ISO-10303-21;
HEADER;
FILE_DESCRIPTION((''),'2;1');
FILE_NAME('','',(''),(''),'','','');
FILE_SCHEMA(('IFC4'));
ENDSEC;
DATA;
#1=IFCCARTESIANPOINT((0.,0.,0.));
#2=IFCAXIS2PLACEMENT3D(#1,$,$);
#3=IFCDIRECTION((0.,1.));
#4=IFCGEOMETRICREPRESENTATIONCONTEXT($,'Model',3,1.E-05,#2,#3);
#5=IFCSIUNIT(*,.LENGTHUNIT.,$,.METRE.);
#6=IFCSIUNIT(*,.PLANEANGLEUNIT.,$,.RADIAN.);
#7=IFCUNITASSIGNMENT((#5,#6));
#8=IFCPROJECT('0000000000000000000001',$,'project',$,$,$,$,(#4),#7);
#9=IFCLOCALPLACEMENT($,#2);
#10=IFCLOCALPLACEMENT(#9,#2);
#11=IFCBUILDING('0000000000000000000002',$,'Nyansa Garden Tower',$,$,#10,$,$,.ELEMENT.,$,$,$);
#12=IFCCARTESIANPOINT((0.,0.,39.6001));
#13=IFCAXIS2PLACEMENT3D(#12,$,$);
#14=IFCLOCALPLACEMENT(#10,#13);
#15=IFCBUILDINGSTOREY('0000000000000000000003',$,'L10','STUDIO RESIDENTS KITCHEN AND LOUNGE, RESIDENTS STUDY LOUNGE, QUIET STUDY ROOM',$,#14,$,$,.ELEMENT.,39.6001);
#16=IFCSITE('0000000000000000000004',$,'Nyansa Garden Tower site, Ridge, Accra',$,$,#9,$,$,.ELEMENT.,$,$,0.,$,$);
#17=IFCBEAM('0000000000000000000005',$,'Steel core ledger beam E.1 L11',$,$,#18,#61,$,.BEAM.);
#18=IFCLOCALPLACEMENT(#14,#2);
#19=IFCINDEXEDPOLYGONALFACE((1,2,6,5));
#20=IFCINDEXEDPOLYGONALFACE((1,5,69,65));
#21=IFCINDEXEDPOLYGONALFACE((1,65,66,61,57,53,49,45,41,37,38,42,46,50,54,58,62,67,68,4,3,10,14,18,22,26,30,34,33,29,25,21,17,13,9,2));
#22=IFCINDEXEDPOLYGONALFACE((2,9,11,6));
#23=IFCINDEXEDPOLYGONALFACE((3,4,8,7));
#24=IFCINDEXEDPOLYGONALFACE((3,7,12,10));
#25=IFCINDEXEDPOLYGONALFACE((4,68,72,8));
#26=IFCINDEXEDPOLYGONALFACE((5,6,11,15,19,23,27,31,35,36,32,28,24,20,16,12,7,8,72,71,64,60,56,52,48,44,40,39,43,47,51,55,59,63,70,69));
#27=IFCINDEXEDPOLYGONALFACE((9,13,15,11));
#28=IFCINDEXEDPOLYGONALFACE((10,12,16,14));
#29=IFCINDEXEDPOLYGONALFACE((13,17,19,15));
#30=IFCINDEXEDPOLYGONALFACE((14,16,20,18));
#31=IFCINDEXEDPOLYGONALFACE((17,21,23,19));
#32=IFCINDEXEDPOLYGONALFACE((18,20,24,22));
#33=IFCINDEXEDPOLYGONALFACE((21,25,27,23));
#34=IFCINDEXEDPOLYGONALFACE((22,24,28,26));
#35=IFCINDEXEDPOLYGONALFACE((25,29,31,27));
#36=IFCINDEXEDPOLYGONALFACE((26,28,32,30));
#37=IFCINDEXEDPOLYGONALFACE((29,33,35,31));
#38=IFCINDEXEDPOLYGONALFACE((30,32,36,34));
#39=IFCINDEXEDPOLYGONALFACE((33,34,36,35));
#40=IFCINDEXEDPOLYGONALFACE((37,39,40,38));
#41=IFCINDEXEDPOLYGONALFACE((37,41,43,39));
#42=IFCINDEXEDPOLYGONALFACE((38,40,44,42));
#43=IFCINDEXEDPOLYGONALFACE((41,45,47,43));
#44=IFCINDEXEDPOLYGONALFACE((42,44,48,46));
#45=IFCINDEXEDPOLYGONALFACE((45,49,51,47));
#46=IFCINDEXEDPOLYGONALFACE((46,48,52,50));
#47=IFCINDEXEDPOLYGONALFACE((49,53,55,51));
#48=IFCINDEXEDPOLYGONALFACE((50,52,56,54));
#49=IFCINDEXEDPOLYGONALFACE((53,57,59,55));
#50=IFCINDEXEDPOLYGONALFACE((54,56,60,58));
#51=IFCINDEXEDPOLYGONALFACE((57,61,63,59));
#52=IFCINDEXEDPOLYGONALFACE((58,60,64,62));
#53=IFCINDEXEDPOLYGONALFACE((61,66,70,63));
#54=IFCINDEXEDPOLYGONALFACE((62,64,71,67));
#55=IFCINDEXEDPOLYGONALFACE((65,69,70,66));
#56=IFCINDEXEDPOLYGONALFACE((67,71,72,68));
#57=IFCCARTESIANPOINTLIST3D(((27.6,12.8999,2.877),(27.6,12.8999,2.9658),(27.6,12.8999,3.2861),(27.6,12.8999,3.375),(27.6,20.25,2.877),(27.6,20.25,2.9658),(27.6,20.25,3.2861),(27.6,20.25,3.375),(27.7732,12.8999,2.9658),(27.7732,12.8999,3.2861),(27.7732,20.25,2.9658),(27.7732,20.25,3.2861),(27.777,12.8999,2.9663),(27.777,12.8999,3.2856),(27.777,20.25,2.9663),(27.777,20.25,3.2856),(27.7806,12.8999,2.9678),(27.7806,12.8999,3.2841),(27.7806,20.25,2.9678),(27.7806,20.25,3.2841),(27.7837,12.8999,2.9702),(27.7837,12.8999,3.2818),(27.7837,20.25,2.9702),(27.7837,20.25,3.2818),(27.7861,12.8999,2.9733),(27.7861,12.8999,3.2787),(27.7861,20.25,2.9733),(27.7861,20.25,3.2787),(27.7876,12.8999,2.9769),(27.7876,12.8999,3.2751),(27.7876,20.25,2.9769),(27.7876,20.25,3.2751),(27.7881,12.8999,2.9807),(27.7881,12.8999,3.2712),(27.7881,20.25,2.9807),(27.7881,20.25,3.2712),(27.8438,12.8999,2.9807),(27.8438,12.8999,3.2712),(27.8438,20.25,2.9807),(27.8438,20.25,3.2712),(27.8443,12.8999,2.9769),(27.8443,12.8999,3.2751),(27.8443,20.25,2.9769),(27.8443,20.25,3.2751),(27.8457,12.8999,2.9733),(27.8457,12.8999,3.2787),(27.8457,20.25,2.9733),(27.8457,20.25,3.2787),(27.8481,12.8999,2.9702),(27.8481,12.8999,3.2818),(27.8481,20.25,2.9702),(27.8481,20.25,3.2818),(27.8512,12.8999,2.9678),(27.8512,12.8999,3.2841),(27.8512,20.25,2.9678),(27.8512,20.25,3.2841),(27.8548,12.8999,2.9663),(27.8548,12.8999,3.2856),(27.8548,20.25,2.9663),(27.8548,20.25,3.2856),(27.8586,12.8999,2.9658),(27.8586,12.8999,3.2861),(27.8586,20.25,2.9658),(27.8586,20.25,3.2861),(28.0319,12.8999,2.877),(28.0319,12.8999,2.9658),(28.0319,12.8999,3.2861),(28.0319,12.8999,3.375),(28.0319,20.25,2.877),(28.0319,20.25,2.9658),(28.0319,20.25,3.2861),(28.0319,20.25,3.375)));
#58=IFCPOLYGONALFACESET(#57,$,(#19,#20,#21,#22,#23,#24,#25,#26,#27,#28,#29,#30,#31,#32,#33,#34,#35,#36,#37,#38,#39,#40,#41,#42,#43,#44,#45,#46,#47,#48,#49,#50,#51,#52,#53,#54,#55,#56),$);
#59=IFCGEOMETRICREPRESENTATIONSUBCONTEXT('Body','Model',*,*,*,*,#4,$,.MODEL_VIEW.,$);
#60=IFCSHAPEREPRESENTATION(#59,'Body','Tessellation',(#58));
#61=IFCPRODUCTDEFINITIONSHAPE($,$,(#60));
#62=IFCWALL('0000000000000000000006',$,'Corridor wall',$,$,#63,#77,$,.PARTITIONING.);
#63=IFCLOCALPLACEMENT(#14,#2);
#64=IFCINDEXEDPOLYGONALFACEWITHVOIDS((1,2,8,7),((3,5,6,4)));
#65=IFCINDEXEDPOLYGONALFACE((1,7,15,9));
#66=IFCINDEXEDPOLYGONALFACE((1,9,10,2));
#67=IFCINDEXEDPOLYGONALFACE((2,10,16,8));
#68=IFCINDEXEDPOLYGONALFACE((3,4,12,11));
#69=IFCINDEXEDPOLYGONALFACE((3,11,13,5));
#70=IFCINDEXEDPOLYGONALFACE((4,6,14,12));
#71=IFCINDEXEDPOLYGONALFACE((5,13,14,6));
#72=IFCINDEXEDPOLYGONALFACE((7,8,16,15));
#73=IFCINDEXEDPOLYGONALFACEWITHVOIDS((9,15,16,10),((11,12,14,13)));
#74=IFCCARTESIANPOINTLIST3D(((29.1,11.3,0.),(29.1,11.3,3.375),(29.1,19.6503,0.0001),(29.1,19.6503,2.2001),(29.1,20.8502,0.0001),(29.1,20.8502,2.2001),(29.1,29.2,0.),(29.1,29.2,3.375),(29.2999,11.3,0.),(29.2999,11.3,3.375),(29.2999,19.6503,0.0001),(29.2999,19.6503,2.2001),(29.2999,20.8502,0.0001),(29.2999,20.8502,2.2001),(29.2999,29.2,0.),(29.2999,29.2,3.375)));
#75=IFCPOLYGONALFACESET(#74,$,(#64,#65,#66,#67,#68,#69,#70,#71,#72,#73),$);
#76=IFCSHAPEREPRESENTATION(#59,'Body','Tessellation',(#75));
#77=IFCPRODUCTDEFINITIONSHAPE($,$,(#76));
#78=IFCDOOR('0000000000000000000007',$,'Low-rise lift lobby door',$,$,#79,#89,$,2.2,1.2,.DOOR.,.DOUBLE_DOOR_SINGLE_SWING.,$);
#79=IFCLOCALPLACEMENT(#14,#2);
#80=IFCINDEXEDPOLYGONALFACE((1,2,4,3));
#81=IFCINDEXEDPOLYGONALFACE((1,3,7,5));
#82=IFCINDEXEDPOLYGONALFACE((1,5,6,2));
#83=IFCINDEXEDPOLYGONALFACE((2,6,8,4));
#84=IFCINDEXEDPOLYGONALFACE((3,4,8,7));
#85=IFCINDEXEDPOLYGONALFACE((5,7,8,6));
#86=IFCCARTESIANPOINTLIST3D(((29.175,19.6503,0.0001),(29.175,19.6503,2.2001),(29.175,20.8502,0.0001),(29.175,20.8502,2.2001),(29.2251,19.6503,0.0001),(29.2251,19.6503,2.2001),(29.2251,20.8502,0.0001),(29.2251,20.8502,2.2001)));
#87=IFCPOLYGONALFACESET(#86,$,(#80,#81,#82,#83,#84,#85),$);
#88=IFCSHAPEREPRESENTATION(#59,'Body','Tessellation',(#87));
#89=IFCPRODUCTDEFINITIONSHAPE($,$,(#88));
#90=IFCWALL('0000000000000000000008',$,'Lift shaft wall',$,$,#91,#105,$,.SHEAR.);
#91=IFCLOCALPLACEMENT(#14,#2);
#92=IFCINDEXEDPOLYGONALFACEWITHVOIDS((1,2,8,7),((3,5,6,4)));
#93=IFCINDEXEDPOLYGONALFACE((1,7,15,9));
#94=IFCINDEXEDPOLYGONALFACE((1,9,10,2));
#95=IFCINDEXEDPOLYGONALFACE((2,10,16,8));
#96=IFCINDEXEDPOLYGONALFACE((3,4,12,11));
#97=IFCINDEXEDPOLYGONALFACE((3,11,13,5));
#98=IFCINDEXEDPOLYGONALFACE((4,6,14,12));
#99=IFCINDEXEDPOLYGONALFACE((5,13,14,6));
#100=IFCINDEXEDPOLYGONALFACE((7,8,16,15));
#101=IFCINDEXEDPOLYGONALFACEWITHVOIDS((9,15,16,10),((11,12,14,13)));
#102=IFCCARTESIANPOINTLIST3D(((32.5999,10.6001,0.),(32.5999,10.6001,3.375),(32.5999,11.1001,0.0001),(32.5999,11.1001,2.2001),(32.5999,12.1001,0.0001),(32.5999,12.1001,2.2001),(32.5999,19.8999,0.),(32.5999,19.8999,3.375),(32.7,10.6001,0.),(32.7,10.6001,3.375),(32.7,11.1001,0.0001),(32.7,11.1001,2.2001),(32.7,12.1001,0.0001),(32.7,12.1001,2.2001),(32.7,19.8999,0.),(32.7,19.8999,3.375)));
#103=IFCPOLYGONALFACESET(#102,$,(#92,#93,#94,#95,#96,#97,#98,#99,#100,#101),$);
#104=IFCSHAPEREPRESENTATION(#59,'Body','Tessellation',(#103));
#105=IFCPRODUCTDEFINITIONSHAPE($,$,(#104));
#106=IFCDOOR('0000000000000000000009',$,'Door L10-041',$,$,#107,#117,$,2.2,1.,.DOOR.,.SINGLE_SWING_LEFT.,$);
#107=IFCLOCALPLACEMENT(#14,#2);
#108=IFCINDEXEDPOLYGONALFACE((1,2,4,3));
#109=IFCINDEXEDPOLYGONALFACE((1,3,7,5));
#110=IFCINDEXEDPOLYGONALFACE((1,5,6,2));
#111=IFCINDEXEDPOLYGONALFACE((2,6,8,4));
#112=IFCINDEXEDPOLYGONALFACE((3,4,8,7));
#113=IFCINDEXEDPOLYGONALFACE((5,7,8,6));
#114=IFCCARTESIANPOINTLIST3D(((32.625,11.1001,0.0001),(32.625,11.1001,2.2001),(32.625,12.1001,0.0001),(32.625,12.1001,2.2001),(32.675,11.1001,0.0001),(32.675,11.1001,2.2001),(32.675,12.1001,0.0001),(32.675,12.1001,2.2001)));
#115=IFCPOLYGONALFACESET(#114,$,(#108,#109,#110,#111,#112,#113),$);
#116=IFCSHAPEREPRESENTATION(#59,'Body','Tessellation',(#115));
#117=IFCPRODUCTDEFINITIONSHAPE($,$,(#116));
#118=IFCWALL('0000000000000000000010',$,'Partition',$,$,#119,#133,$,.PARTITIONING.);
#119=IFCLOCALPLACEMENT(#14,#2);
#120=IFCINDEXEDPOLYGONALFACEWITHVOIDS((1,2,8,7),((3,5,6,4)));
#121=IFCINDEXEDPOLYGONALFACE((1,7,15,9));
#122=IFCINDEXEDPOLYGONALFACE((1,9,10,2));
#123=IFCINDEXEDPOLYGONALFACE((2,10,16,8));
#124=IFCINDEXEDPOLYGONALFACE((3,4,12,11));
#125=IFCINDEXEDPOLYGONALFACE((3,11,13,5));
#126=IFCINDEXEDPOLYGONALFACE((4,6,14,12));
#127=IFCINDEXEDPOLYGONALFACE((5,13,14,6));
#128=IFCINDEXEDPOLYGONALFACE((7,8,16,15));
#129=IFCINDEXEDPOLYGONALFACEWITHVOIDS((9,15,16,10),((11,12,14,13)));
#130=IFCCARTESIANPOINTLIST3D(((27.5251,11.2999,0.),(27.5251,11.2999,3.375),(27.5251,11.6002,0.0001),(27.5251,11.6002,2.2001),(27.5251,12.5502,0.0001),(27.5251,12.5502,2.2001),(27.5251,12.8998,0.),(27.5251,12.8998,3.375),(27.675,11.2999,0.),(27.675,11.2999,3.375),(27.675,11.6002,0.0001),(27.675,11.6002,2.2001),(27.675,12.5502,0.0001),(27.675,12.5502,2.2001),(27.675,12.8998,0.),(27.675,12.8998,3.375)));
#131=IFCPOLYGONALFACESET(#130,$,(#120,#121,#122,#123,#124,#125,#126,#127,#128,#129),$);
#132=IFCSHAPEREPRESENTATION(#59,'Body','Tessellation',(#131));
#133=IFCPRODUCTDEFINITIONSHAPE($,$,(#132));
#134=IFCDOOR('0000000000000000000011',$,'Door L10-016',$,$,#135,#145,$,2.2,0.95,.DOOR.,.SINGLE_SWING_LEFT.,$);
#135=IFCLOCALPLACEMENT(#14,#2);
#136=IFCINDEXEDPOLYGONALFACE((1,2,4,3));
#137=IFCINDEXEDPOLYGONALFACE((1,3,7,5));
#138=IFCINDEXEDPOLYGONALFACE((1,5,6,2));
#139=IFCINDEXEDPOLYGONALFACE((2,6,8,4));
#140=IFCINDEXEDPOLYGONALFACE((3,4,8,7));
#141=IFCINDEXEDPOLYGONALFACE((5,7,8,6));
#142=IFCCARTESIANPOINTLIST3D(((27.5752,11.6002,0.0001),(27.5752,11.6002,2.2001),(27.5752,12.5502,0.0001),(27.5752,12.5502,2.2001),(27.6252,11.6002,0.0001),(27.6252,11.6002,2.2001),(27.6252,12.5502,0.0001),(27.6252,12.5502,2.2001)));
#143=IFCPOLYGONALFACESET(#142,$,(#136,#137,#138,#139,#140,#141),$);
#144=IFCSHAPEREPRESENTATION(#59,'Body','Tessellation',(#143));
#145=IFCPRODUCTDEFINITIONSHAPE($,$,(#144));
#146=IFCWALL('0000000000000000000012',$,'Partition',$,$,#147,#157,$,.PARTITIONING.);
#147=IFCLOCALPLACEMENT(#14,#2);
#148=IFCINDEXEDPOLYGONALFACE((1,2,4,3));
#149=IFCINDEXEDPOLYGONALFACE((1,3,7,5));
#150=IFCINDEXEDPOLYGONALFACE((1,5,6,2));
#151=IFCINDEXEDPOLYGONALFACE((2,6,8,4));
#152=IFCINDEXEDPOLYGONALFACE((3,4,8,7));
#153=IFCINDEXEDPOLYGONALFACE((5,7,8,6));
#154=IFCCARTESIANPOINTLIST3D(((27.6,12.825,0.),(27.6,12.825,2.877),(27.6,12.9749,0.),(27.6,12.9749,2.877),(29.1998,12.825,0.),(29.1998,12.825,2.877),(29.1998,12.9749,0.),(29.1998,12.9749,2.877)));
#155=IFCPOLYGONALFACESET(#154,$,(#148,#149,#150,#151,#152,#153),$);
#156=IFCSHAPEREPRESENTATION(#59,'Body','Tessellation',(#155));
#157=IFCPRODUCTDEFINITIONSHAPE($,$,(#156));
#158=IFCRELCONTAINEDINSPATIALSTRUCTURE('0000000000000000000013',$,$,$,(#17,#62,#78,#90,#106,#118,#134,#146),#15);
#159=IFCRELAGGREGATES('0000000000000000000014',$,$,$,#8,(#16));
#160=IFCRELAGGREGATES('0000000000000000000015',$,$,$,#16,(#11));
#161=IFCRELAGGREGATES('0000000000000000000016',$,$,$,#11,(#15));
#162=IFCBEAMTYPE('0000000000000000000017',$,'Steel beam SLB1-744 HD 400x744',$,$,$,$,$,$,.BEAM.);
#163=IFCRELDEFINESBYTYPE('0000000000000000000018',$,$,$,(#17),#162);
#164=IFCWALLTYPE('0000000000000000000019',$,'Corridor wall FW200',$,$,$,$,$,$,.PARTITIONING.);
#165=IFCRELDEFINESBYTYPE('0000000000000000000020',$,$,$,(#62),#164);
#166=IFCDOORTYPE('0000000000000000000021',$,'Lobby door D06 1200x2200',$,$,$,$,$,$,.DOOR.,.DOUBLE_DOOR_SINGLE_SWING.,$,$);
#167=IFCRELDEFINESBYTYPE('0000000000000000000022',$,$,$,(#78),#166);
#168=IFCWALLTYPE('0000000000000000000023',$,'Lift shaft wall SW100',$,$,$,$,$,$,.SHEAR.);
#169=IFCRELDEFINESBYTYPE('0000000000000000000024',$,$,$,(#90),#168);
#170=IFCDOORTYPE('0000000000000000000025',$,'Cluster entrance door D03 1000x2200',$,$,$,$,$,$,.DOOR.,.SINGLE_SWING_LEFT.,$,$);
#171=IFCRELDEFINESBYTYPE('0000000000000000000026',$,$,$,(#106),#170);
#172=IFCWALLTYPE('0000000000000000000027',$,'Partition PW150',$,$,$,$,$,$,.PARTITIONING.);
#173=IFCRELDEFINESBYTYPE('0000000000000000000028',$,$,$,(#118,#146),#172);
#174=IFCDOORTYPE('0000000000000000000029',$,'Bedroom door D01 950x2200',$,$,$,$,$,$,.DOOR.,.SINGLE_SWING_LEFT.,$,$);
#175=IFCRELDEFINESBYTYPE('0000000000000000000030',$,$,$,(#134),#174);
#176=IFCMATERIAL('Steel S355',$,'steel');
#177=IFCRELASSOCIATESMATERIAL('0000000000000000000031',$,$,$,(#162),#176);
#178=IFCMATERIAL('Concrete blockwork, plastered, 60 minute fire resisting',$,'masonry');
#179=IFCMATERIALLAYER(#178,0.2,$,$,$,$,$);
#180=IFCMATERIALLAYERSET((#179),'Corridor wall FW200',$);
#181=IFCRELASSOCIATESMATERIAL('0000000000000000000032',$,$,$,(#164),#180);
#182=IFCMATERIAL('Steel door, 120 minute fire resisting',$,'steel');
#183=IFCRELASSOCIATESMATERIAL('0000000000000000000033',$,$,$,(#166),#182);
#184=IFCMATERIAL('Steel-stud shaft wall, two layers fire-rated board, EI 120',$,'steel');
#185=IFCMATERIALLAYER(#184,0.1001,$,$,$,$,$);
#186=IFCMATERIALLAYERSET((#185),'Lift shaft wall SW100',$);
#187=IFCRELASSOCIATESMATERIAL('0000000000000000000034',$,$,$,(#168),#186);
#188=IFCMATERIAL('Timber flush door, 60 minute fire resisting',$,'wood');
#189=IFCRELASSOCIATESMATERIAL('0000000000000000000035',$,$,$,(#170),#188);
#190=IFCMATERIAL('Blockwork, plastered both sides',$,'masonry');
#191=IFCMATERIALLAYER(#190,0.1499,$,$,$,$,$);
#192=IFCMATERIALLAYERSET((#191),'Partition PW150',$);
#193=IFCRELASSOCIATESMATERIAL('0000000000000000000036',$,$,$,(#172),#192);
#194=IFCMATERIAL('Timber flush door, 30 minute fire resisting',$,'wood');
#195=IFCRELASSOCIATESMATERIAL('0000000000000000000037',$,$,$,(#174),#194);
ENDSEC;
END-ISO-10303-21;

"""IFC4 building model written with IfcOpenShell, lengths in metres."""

from ifc_helpers import new_model, si_unit, direction, frame, frame_2d, origin, origin_2d, place, context, subcontext, project, spatial, rectangle, i_section, extrude, material, layer, layer_set, material_profile, profile_set, type_object, element, fill, save


model = new_model("IFC4")

# Units and contexts
model_context = context("Model", 3, precision=1e-05, world=origin(), true_north=direction((0.0, 1.0)))
body_context = subcontext(model_context, "Body", "Model", "MODEL_VIEW")
ifc_project = project(units=[si_unit("LENGTHUNIT", "METRE"), si_unit("PLANEANGLEUNIT", "RADIAN")], contexts=[model_context])

# Site, building, storey
site_placement = place(None, origin())
site = spatial("IfcSite", under=ifc_project, at=site_placement, Name="Nyansa Garden Tower site, Ridge, Accra", CompositionType="ELEMENT", RefElevation=0.0)
building_placement = place(site_placement, origin())
building = spatial("IfcBuilding", under=site, at=building_placement, Name="Nyansa Garden Tower", CompositionType="ELEMENT")
storey_placement = place(building_placement, frame((0.0, 0.0, 39.6001)))
storey = spatial("IfcBuildingStorey", under=building, at=storey_placement, Name="L10", Description="STUDIO RESIDENTS KITCHEN AND LOUNGE, RESIDENTS STUDY LOUNGE, QUIET STUDY ROOM", CompositionType="ELEMENT", Elevation=39.6001)

# Beam
ifc_material_1 = material(Name="Steel S355", Category="steel")
ifc_material_profile_1 = material_profile(ifc_material_1, i_section(OverallWidth=0.4319, OverallDepth=0.498, WebThickness=0.0557, FlangeThickness=0.0889, FilletRadius=0.0149, at=origin_2d()), Name="HD 400x744")
ifc_profile_set_1 = profile_set([ifc_material_profile_1], Name="Steel S355")
beam_type_1 = type_object("IfcBeamType", Name="Steel beam SLB1-744 HD 400x744", PredefinedType="BEAM", material=ifc_profile_set_1)
beam_placement = place(storey_placement, frame((27.8159, 12.8999, 3.126), z_axis=(0.0, 1.0, 0.0), x_axis=(-1.0, 0.0, 0.0)))
element("IfcBeam", 1, at=beam_placement, inside=storey, type_object=beam_type_1, Name="Steel core ledger beam E.1 L11", PredefinedType="BEAM", context=body_context, shape_type="SweptSolid", body=[
    extrude(i_section(OverallWidth=0.4319, OverallDepth=0.498, WebThickness=0.0557, FlangeThickness=0.0889, FilletRadius=0.0149, at=origin_2d()), origin(), (0.0, 0.0, 1.0), 7.3501),
])

# Walls, openings, doors
ifc_material_2 = material(Name="Concrete blockwork, plastered, 60 minute fire resisting", Category="masonry")
ifc_layer_1 = layer(ifc_material_2, 0.2)
ifc_layer_set_1 = layer_set([ifc_layer_1], Name="Corridor wall FW200")
wall_type_1 = type_object("IfcWallType", Name="Corridor wall FW200", PredefinedType="PARTITIONING", material=ifc_layer_set_1)
wall_1_placement = place(storey_placement, frame((29.2, 11.3, 0.0), z_axis=(0.0, 0.0, 1.0), x_axis=(0.0, 1.0, 0.0)))
wall_1 = element("IfcWall", 2, at=wall_1_placement, inside=storey, type_object=wall_type_1, Name="Corridor wall", PredefinedType="PARTITIONING", context=body_context, shape_type="SweptSolid", body=[
    extrude(rectangle(XDim=17.8999, YDim=0.2, at=frame_2d((8.95, 0.0))), origin(), (0.0, 0.0, 1.0), 3.375),
])
opening_1_placement = place(wall_1_placement, frame((8.3501, 0.0, 0.0)))
opening_1 = element("IfcOpeningElement", 3, at=opening_1_placement, cuts=wall_1, PredefinedType="OPENING", context=body_context, shape_type="SweptSolid", body=[
    extrude(rectangle(XDim=1.2, YDim=2.2, at=frame_2d((0.6001, 1.1001))), frame((0.0, 0.1099, 0.0), z_axis=(0.0, -1.0, 0.0), x_axis=(1.0, 0.0, 0.0)), (0.0, 0.0, 1.0), 0.22),
])
ifc_material_3 = material(Name="Steel door, 120 minute fire resisting", Category="steel")
door_type_1 = type_object("IfcDoorType", Name="Lobby door D06 1200x2200", OperationType="DOUBLE_DOOR_SINGLE_SWING", PredefinedType="DOOR", material=ifc_material_3)
door_1_placement = place(opening_1_placement, origin())
door_1 = element("IfcDoor", 4, at=door_1_placement, inside=storey, type_object=door_type_1, Name="Low-rise lift lobby door", OperationType="DOUBLE_DOOR_SINGLE_SWING", OverallHeight=2.2, OverallWidth=1.2, PredefinedType="DOOR", context=body_context, shape_type="SweptSolid", body=[
    extrude(rectangle(XDim=1.2, YDim=2.2, at=frame_2d((0.6001, 1.1001))), frame((0.0, 0.0249, 0.0), z_axis=(0.0, -1.0, 0.0), x_axis=(1.0, 0.0, 0.0)), (0.0, 0.0, 1.0), 0.05),
])
fill(opening_1, door_1)
ifc_material_4 = material(Name="Steel-stud shaft wall, two layers fire-rated board, EI 120", Category="steel")
ifc_layer_2 = layer(ifc_material_4, 0.1001)
ifc_layer_set_2 = layer_set([ifc_layer_2], Name="Lift shaft wall SW100")
wall_type_2 = type_object("IfcWallType", Name="Lift shaft wall SW100", PredefinedType="SHEAR", material=ifc_layer_set_2)
wall_2_placement = place(storey_placement, frame((32.6499, 10.6001, 0.0), z_axis=(0.0, 0.0, 1.0), x_axis=(0.0, 1.0, 0.0)))
wall_2 = element("IfcWall", 5, at=wall_2_placement, inside=storey, type_object=wall_type_2, Name="Lift shaft wall", PredefinedType="SHEAR", context=body_context, shape_type="SweptSolid", body=[
    extrude(rectangle(XDim=9.2998, YDim=0.1001, at=frame_2d((4.6499, 0.0))), origin(), (0.0, 0.0, 1.0), 3.375),
])
opening_2_placement = place(wall_2_placement, frame((0.5, 0.0, 0.0)))
opening_2 = element("IfcOpeningElement", 6, at=opening_2_placement, cuts=wall_2, PredefinedType="OPENING", context=body_context, shape_type="SweptSolid", body=[
    extrude(rectangle(XDim=1.0, YDim=2.2, at=frame_2d((0.5, 1.1001))), frame((0.0, 0.0601, 0.0), z_axis=(0.0, -1.0, 0.0), x_axis=(1.0, 0.0, 0.0)), (0.0, 0.0, 1.0), 0.1201),
])
ifc_material_5 = material(Name="Timber flush door, 60 minute fire resisting", Category="wood")
door_type_2 = type_object("IfcDoorType", Name="Cluster entrance door D03 1000x2200", OperationType="SINGLE_SWING_LEFT", PredefinedType="DOOR", material=ifc_material_5)
door_2_placement = place(opening_2_placement, origin())
door_2 = element("IfcDoor", 7, at=door_2_placement, inside=storey, type_object=door_type_2, Name="Door L10-041", OperationType="SINGLE_SWING_LEFT", OverallHeight=2.2, OverallWidth=1.0, PredefinedType="DOOR", context=body_context, shape_type="SweptSolid", body=[
    extrude(rectangle(XDim=1.0, YDim=2.2, at=frame_2d((0.5, 1.1001))), frame((0.0, 0.0249, 0.0), z_axis=(0.0, -1.0, 0.0), x_axis=(1.0, 0.0, 0.0)), (0.0, 0.0, 1.0), 0.05),
])
fill(opening_2, door_2)
ifc_material_6 = material(Name="Blockwork, plastered both sides", Category="masonry")
ifc_layer_3 = layer(ifc_material_6, 0.1499)
ifc_layer_set_3 = layer_set([ifc_layer_3], Name="Partition PW150")
wall_type_3 = type_object("IfcWallType", Name="Partition PW150", PredefinedType="PARTITIONING", material=ifc_layer_set_3)
wall_3_placement = place(storey_placement, frame((27.6001, 11.3, 0.0), z_axis=(0.0, 0.0, 1.0), x_axis=(0.0, 1.0, 0.0)))
wall_3 = element("IfcWall", 8, at=wall_3_placement, inside=storey, type_object=wall_type_3, Name="Partition", PredefinedType="PARTITIONING", context=body_context, shape_type="SweptSolid", body=[
    extrude(rectangle(XDim=1.5999, YDim=0.1499, at=frame_2d((0.7998, 0.0))), origin(), (0.0, 0.0, 1.0), 3.375),
])
opening_3_placement = place(wall_3_placement, frame((0.3, 0.0, 0.0)))
opening_3 = element("IfcOpeningElement", 9, at=opening_3_placement, cuts=wall_3, PredefinedType="OPENING", context=body_context, shape_type="SweptSolid", body=[
    extrude(rectangle(XDim=0.95, YDim=2.2, at=frame_2d((0.4751, 1.1001))), frame((0.0, 0.085, 0.0), z_axis=(0.0, -1.0, 0.0), x_axis=(1.0, 0.0, 0.0)), (0.0, 0.0, 1.0), 0.1699),
])
ifc_material_7 = material(Name="Timber flush door, 30 minute fire resisting", Category="wood")
door_type_3 = type_object("IfcDoorType", Name="Bedroom door D01 950x2200", OperationType="SINGLE_SWING_LEFT", PredefinedType="DOOR", material=ifc_material_7)
door_3_placement = place(opening_3_placement, origin())
door_3 = element("IfcDoor", 10, at=door_3_placement, inside=storey, type_object=door_type_3, Name="Door L10-016", OperationType="SINGLE_SWING_LEFT", OverallHeight=2.2, OverallWidth=0.95, PredefinedType="DOOR", context=body_context, shape_type="SweptSolid", body=[
    extrude(rectangle(XDim=0.95, YDim=2.2, at=frame_2d((0.4751, 1.1001))), frame((0.0, 0.0249, 0.0), z_axis=(0.0, -1.0, 0.0), x_axis=(1.0, 0.0, 0.0)), (0.0, 0.0, 1.0), 0.05),
])
fill(opening_3, door_3)

# Wall
wall_4_placement = place(storey_placement, frame((27.6001, 12.8999, 0.0), z_axis=(0.0, 0.0, 1.0), x_axis=(1.0, 0.0, 0.0)))
element("IfcWall", 11, at=wall_4_placement, inside=storey, type_object=wall_type_3, Name="Partition", PredefinedType="PARTITIONING", context=body_context, shape_type="SweptSolid", body=[
    extrude(rectangle(XDim=1.5999, YDim=0.1499, at=frame_2d((0.7998, 0.0))), origin(), (0.0, 0.0, 1.0), 2.877),
])

save(model, "model.ifc")
